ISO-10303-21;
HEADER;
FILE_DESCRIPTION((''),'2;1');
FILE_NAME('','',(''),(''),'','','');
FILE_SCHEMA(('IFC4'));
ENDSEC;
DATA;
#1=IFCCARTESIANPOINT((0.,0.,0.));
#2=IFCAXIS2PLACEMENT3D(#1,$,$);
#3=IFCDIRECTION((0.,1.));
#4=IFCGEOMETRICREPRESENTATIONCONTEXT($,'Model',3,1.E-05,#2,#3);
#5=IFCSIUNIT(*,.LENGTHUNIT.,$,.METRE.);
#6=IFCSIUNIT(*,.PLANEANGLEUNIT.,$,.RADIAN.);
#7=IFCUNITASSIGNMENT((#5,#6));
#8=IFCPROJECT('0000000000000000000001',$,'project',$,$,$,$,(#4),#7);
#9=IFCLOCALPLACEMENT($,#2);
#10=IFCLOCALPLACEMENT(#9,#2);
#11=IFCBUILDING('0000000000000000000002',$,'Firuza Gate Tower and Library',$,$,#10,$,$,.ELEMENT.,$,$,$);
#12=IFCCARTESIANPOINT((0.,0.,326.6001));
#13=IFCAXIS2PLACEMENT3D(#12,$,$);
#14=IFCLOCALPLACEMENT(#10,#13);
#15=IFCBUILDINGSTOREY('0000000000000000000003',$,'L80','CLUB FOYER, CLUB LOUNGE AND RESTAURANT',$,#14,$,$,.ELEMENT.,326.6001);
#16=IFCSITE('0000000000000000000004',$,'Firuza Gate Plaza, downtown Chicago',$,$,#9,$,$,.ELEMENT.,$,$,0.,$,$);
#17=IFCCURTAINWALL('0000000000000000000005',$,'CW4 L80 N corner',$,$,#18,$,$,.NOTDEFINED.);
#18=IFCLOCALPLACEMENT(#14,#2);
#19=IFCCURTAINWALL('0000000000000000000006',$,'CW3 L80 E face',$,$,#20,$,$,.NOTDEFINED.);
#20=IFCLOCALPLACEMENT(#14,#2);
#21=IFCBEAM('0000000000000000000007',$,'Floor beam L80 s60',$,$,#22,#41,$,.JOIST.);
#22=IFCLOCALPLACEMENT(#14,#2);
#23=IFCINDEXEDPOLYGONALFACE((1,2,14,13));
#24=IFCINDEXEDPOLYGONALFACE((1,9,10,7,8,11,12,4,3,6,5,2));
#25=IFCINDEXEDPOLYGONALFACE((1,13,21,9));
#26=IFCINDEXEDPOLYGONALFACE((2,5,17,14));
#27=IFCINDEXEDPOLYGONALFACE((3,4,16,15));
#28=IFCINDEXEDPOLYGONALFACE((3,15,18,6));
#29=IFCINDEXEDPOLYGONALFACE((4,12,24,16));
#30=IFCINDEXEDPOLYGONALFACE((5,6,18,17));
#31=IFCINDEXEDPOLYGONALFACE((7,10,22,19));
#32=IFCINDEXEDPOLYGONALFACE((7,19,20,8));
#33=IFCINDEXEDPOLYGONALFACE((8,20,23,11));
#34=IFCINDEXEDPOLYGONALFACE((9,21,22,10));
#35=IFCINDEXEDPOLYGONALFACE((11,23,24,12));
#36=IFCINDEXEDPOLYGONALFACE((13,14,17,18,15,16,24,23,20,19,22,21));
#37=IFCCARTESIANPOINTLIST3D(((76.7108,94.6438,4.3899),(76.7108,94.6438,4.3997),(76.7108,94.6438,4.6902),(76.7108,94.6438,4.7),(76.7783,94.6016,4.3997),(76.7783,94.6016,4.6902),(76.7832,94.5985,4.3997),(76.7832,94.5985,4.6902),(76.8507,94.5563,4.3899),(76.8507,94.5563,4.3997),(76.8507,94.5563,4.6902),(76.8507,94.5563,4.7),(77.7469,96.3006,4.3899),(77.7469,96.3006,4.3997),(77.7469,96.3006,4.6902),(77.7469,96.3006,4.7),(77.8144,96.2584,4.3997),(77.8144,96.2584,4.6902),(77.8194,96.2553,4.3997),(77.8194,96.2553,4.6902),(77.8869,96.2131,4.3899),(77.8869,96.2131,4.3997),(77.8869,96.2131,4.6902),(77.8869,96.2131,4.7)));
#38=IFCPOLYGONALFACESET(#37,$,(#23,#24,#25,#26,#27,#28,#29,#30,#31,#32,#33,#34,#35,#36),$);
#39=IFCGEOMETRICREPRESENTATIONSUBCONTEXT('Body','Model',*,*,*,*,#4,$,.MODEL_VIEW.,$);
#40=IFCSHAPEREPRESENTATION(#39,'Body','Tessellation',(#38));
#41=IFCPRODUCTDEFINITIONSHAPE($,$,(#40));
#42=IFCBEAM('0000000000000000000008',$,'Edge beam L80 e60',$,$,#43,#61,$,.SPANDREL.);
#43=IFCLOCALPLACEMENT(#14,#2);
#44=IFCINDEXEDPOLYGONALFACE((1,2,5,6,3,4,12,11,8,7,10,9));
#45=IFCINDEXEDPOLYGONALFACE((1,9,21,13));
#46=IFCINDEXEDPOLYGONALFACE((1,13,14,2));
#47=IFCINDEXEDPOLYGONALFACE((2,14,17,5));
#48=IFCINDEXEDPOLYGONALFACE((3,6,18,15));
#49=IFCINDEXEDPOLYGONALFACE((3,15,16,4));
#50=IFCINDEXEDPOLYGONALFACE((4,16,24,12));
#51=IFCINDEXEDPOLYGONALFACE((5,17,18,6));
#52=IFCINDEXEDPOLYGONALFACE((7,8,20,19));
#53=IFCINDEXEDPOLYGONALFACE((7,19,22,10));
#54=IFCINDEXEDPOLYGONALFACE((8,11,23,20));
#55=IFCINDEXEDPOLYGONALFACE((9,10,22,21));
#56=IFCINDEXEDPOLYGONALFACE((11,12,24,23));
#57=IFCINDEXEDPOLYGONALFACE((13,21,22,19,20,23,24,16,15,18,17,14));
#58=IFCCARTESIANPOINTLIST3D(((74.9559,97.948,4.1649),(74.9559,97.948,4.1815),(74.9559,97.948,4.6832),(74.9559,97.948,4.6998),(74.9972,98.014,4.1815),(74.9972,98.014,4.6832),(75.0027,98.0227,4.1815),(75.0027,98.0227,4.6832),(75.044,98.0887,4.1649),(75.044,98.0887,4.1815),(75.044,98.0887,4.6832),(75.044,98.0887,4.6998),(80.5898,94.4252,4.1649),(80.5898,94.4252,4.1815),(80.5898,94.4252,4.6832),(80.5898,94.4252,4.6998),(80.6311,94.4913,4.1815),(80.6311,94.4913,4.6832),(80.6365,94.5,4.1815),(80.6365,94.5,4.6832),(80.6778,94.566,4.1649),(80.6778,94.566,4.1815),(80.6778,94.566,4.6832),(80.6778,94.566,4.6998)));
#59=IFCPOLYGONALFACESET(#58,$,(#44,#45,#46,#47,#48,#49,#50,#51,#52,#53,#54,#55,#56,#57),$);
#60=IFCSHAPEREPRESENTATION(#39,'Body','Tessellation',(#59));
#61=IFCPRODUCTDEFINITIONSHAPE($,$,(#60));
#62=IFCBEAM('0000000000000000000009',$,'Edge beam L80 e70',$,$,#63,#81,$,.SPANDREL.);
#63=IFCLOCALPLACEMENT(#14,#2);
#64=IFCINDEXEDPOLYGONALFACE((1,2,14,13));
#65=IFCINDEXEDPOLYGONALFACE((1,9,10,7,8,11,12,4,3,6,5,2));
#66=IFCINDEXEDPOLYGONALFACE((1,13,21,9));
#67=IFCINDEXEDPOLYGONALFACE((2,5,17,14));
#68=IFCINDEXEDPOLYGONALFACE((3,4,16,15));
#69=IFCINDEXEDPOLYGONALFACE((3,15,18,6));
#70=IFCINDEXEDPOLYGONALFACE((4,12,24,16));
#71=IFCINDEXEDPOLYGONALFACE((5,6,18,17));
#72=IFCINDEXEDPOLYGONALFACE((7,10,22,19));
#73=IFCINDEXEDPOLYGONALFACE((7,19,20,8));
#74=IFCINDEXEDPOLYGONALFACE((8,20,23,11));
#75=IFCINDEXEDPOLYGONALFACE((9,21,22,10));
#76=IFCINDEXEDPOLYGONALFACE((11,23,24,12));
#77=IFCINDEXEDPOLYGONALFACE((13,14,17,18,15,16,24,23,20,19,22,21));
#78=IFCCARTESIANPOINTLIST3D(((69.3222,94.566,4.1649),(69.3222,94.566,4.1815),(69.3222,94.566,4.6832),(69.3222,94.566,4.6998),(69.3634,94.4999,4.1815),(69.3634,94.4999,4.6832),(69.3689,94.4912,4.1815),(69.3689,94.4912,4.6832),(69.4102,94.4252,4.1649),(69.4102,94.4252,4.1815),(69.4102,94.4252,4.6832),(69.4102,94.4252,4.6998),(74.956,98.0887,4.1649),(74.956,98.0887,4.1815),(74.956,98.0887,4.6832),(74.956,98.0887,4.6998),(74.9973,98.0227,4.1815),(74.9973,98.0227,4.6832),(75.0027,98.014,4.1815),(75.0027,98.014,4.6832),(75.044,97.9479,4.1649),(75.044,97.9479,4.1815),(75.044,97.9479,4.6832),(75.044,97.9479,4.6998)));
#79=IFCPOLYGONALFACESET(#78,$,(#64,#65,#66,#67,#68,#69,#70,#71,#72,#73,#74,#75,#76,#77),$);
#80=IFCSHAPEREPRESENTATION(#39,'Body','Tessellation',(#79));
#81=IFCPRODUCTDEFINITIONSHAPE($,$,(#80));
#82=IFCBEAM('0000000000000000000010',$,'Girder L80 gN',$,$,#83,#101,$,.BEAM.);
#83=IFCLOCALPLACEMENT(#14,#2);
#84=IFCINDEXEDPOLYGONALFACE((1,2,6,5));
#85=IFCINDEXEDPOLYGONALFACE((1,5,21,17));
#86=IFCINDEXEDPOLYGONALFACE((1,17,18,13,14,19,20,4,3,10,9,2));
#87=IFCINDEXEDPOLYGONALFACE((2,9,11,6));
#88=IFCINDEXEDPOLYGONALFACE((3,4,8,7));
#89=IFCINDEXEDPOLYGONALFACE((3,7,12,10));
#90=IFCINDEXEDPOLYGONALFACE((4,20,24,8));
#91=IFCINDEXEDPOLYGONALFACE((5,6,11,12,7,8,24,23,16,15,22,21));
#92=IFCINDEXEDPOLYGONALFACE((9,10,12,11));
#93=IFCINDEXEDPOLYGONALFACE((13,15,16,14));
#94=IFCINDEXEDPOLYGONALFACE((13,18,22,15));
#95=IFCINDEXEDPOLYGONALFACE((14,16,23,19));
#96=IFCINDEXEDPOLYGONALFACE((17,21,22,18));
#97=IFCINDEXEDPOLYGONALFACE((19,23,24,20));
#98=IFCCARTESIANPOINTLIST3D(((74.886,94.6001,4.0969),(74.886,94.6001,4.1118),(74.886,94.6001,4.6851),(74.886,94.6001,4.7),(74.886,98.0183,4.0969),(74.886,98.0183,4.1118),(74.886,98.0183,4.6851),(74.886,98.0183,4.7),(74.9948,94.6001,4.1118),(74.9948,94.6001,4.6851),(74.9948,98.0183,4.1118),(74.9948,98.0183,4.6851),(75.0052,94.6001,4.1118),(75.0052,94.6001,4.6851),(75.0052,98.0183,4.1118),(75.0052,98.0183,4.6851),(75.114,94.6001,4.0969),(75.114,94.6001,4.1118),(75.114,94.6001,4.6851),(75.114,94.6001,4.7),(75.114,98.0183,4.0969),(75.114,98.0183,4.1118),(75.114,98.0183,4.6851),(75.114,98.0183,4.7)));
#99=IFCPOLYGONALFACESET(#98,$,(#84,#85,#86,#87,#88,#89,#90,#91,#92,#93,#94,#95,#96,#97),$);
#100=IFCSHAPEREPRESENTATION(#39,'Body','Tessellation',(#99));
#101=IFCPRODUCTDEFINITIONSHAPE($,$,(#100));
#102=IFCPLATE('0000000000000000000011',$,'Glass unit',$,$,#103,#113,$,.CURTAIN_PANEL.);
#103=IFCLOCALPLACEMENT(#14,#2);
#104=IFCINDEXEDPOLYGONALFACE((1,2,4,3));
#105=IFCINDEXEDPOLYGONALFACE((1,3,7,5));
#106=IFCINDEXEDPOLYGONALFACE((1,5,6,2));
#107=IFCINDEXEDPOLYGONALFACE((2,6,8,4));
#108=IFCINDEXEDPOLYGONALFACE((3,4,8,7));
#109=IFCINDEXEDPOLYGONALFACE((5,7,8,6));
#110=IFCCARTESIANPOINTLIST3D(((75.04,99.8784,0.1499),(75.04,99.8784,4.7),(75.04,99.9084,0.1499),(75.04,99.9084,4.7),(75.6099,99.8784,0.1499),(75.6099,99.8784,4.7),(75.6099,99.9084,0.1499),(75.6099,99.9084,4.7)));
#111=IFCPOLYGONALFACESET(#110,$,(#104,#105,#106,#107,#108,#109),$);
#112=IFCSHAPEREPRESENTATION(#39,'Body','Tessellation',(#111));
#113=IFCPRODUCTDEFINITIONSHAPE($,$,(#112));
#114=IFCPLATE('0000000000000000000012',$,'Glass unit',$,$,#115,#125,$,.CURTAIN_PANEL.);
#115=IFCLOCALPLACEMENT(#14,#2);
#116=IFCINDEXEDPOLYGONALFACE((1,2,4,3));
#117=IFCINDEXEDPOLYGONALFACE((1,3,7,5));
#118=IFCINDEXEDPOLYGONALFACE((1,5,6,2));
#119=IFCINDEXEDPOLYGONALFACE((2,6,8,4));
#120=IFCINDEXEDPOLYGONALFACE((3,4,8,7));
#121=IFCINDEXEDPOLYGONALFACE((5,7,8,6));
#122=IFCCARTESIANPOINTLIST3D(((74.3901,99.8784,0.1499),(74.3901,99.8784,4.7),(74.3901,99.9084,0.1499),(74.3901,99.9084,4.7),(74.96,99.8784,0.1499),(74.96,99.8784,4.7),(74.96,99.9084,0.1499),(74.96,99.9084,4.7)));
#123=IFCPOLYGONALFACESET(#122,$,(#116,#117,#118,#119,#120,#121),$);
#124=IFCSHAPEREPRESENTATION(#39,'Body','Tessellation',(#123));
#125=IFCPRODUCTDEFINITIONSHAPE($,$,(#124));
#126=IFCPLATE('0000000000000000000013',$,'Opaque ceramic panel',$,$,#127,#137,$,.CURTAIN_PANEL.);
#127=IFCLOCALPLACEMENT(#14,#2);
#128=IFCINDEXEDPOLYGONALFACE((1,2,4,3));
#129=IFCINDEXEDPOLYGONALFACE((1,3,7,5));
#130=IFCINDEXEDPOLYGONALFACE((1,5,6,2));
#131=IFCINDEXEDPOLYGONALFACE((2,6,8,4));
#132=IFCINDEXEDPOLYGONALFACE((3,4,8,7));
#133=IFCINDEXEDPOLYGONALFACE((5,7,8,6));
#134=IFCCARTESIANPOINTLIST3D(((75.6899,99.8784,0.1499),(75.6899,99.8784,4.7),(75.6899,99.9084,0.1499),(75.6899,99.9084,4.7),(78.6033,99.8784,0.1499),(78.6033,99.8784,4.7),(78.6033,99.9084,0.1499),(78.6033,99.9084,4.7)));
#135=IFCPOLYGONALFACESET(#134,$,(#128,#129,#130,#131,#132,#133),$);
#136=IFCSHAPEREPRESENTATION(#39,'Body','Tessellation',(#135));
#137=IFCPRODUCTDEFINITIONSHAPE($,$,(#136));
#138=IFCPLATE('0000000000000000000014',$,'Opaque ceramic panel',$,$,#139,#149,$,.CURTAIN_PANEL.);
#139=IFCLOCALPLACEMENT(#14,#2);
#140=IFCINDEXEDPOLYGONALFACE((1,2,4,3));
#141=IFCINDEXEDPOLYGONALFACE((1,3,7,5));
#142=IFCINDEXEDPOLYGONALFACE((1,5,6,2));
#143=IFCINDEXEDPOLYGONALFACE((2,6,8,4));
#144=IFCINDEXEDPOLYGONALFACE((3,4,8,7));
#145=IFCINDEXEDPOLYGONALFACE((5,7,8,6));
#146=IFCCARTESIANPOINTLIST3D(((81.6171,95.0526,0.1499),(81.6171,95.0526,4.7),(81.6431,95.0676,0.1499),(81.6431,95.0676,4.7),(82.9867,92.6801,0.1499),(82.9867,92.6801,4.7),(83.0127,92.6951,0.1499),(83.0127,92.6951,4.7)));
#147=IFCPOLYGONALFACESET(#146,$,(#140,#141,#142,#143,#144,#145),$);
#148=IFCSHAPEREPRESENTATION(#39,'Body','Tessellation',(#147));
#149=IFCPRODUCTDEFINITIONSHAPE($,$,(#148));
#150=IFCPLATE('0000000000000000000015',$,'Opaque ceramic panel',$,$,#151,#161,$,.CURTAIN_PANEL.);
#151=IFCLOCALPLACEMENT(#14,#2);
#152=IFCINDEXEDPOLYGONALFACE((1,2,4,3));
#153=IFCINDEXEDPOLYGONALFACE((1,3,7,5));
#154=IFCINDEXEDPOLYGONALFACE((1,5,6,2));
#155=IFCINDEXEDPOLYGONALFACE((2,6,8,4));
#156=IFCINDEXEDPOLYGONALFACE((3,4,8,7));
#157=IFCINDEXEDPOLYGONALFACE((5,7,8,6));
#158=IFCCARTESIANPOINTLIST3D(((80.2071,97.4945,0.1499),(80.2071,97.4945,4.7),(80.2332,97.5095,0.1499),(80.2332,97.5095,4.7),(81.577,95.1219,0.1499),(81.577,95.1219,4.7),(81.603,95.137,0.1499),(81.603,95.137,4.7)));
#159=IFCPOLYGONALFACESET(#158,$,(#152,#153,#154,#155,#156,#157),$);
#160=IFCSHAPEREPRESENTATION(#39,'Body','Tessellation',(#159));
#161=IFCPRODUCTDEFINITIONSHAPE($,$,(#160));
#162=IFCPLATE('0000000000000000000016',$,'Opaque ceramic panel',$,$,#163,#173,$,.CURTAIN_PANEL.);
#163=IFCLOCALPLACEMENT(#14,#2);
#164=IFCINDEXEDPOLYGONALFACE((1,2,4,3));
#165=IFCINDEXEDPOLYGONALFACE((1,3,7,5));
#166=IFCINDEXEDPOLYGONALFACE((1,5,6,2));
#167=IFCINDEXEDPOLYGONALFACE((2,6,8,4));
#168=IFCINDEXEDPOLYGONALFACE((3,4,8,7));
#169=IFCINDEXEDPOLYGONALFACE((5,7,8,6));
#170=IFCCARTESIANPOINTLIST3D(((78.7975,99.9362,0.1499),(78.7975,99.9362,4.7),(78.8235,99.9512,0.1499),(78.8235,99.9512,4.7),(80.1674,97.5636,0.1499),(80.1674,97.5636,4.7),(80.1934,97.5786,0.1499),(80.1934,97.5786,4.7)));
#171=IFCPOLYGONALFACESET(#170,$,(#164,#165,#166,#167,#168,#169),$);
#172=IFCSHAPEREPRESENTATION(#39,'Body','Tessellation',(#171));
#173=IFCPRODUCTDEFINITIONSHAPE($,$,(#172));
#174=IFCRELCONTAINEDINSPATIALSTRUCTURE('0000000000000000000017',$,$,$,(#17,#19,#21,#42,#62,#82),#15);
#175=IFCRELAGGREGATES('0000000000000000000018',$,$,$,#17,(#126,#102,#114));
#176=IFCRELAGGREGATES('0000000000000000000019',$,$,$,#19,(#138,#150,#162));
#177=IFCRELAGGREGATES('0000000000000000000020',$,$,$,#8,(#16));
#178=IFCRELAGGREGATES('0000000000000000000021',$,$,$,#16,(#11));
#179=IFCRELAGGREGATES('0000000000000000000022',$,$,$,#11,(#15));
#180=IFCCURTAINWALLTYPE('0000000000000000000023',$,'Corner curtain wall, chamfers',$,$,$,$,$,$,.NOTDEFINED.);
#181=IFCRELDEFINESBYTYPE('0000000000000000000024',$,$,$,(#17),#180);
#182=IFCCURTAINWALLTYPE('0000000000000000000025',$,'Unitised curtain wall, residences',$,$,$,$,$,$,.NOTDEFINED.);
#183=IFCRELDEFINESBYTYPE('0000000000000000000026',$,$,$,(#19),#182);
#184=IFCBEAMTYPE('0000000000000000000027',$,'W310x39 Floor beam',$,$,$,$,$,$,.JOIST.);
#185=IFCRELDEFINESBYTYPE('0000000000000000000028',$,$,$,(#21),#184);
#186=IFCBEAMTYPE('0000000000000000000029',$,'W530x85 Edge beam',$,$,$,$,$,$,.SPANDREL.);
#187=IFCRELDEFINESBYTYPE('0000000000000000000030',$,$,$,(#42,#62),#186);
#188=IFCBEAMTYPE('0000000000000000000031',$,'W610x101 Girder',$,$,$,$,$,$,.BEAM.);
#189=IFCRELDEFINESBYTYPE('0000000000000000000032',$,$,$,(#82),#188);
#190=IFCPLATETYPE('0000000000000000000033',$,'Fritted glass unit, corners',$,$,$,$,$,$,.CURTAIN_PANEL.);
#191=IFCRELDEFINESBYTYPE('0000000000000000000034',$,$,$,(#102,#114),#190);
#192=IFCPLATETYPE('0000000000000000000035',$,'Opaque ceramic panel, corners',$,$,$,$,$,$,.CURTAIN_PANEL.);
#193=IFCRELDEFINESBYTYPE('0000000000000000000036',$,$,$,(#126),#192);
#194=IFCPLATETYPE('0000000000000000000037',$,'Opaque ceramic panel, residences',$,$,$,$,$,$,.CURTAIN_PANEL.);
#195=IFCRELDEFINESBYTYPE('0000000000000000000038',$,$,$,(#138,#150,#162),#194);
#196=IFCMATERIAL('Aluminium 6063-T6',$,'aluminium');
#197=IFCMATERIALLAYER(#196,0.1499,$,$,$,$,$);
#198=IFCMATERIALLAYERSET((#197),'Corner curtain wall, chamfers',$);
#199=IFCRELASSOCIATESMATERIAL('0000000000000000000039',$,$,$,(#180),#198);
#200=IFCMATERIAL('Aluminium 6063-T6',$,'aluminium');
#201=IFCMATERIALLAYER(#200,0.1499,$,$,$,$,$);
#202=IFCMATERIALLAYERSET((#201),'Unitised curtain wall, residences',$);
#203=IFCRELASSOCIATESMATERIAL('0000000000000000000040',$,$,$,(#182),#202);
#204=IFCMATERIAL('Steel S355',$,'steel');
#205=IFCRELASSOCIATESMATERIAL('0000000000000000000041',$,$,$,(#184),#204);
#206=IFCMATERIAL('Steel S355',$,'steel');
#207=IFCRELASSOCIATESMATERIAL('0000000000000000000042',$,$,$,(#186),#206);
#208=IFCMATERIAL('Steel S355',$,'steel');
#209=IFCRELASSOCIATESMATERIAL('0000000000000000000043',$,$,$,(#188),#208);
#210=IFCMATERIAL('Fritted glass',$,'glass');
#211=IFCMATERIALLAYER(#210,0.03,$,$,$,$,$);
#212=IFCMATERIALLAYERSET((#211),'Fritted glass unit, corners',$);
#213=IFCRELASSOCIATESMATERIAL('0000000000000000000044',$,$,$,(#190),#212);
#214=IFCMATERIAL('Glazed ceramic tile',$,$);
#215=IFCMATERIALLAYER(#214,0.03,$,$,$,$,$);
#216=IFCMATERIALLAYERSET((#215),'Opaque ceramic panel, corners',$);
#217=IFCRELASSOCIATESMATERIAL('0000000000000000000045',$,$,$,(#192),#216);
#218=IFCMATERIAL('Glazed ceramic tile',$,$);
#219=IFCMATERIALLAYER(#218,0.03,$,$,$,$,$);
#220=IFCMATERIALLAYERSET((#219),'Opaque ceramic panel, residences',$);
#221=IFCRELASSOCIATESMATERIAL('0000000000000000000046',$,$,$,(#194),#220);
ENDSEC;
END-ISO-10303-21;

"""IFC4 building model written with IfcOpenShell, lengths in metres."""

from ifc_helpers import new_model, si_unit, direction, frame, origin, origin_2d, place, context, subcontext, project, spatial, polyline, i_section, outline, extrude, material, layer, layer_set, material_profile, profile_set, type_object, element, aggregate, save


model = new_model("IFC4")

# Units and contexts
model_context = context("Model", 3, precision=1e-05, world=origin(), true_north=direction((0.0, 1.0)))
body_context = subcontext(model_context, "Body", "Model", "MODEL_VIEW")
ifc_project = project(units=[si_unit("LENGTHUNIT", "METRE"), si_unit("PLANEANGLEUNIT", "RADIAN")], contexts=[model_context])

# Site, building, storey
site_placement = place(None, origin())
site = spatial("IfcSite", under=ifc_project, at=site_placement, Name="Firuza Gate Plaza, downtown Chicago", CompositionType="ELEMENT", RefElevation=0.0)
building_placement = place(site_placement, origin())
building = spatial("IfcBuilding", under=site, at=building_placement, Name="Firuza Gate Tower and Library", CompositionType="ELEMENT")
storey_placement = place(building_placement, frame((0.0, 0.0, 326.6001)))
storey = spatial("IfcBuildingStorey", under=building, at=storey_placement, Name="L80", Description="CLUB FOYER, CLUB LOUNGE AND RESTAURANT", CompositionType="ELEMENT", Elevation=326.6001)

# Curtain walls
ifc_material_1 = material(Name="Aluminium 6063-T6", Category="aluminium")
ifc_layer_1 = layer(ifc_material_1, 0.1499)
ifc_layer_set_1 = layer_set([ifc_layer_1], Name="Corner curtain wall, chamfers")
curtain_wall_type_1 = type_object("IfcCurtainWallType", Name="Corner curtain wall, chamfers", PredefinedType="NOTDEFINED", material=ifc_layer_set_1)
placement = place(storey_placement, origin())
curtain_wall_1 = element("IfcCurtainWall", 1, at=placement, inside=storey, type_object=curtain_wall_type_1, Name="CW4 L80 N corner", PredefinedType="NOTDEFINED")
ifc_material_2 = material(Name="Aluminium 6063-T6", Category="aluminium")
ifc_layer_2 = layer(ifc_material_2, 0.1499)
ifc_layer_set_2 = layer_set([ifc_layer_2], Name="Unitised curtain wall, residences")
curtain_wall_type_2 = type_object("IfcCurtainWallType", Name="Unitised curtain wall, residences", PredefinedType="NOTDEFINED", material=ifc_layer_set_2)
curtain_wall_2 = element("IfcCurtainWall", 2, at=placement, inside=storey, type_object=curtain_wall_type_2, Name="CW3 L80 E face", PredefinedType="NOTDEFINED")

# Beams
ifc_material_3 = material(Name="Steel S355", Category="steel")
ifc_material_profile_1 = material_profile(ifc_material_3, i_section(OverallWidth=0.165, OverallDepth=0.3101, WebThickness=0.0059, FlangeThickness=0.0098, at=origin_2d()))
ifc_profile_set_1 = profile_set([ifc_material_profile_1], Name="Steel S355")
beam_type_1 = type_object("IfcBeamType", Name="W310x39 Floor beam", PredefinedType="JOIST", material=ifc_profile_set_1)
beam_1_placement = place(storey_placement, frame((77.8169, 96.2568, 4.5449), z_axis=(-0.530246, -0.847844, 0.0), x_axis=(0.847844, -0.530246, 0.0)))
element("IfcBeam", 3, at=beam_1_placement, inside=storey, type_object=beam_type_1, Name="Floor beam L80 s60", PredefinedType="JOIST", context=body_context, shape_type="SweptSolid", body=[
    extrude(i_section(OverallWidth=0.165, OverallDepth=0.3101, WebThickness=0.0059, FlangeThickness=0.0098, at=origin_2d()), origin(), (0.0, 0.0, 1.0), 1.9541),
])
ifc_material_4 = material(Name="Steel S355", Category="steel")
ifc_material_profile_2 = material_profile(ifc_material_4, i_section(OverallWidth=0.166, OverallDepth=0.5349, WebThickness=0.0103, FlangeThickness=0.0166, at=origin_2d()))
ifc_profile_set_2 = profile_set([ifc_material_profile_2], Name="Steel S355")
beam_type_2 = type_object("IfcBeamType", Name="W530x85 Edge beam", PredefinedType="SPANDREL", material=ifc_profile_set_2)
for number, where, z_axis, x_axis, name in (
    (4, (80.6338, 94.4956, 4.4324), (-0.847891, 0.530171, 0.0), (-0.530171, -0.847891, 0.0), "Edge beam L80 e60"),
    (5, (75.0, 98.0183, 4.4324), (-0.847891, -0.530171, 0.0), (0.530171, -0.847891, 0.0), "Edge beam L80 e70"),
):
    element("IfcBeam", number, at=place(storey_placement, frame(where, z_axis=z_axis, x_axis=x_axis)), inside=storey, type_object=beam_type_2, Name=name, PredefinedType="SPANDREL", context=body_context, shape_type="SweptSolid", body=[
        extrude(i_section(OverallWidth=0.166, OverallDepth=0.5349, WebThickness=0.0103, FlangeThickness=0.0166, at=origin_2d()), origin(), (0.0, 0.0, 1.0), 6.6445),
    ])
ifc_material_5 = material(Name="Steel S355", Category="steel")
ifc_material_profile_3 = material_profile(ifc_material_5, i_section(OverallWidth=0.228, OverallDepth=0.603, WebThickness=0.0105, FlangeThickness=0.0149, at=origin_2d()))
ifc_profile_set_3 = profile_set([ifc_material_profile_3], Name="Steel S355")
beam_type_3 = type_object("IfcBeamType", Name="W610x101 Girder", PredefinedType="BEAM", material=ifc_profile_set_3)
beam_2_placement = place(storey_placement, frame((75.0, 98.0183, 4.3984), z_axis=(0.0, -1.0, 0.0), x_axis=(1.0, 0.0, 0.0)))
element("IfcBeam", 6, at=beam_2_placement, inside=storey, type_object=beam_type_3, Name="Girder L80 gN", PredefinedType="BEAM", context=body_context, shape_type="SweptSolid", body=[
    extrude(i_section(OverallWidth=0.228, OverallDepth=0.603, WebThickness=0.0105, FlangeThickness=0.0149, at=origin_2d()), origin(), (0.0, 0.0, 1.0), 3.4182),
])

# Plates
ifc_material_6 = material(Name="Fritted glass", Category="glass")
ifc_layer_3 = layer(ifc_material_6, 0.03)
ifc_layer_set_3 = layer_set([ifc_layer_3], Name="Fritted glass unit, corners")
plate_type_1 = type_object("IfcPlateType", Name="Fritted glass unit, corners", PredefinedType="CURTAIN_PANEL", material=ifc_layer_set_3)
plate_1_placement = place(storey_placement, frame((75.6099, 99.9084, 0.1499), z_axis=(0.0, 1.0, 0.0), x_axis=(-1.0, 0.0, 0.0)))
plate_1 = element("IfcPlate", 7, at=plate_1_placement, type_object=plate_type_1, Name="Glass unit", PredefinedType="CURTAIN_PANEL", context=body_context, shape_type="SweptSolid", body=[
    extrude(outline(polyline([(0.0, 0.0), (0.5698, 0.0), (0.5698, 4.55), (0.0, 4.55), (0.0, 0.0)])), origin(), (0.0, 0.0, -1.0), 0.03),
])
plate_2_placement = place(storey_placement, frame((74.96, 99.9084, 0.1499), z_axis=(0.0, 1.0, 0.0), x_axis=(-1.0, 0.0, 0.0)))
plate_2 = element("IfcPlate", 8, at=plate_2_placement, type_object=plate_type_1, Name="Glass unit", PredefinedType="CURTAIN_PANEL", context=body_context, shape_type="SweptSolid", body=[
    extrude(outline(polyline([(0.0, 0.0), (0.5698, 0.0), (0.5698, 4.55), (0.0, 4.55), (0.0, 0.0)])), origin(), (0.0, 0.0, -1.0), 0.03),
])
ifc_material_7 = material(Name="Glazed ceramic tile")
ifc_layer_4 = layer(ifc_material_7, 0.03)
ifc_layer_set_4 = layer_set([ifc_layer_4], Name="Opaque ceramic panel, corners")
plate_type_2 = type_object("IfcPlateType", Name="Opaque ceramic panel, corners", PredefinedType="CURTAIN_PANEL", material=ifc_layer_set_4)
plate_3_placement = place(storey_placement, frame((78.6033, 99.9084, 0.1499), z_axis=(0.0, 1.0, 0.0), x_axis=(-1.0, 0.0, 0.0)))
plate_3 = element("IfcPlate", 9, at=plate_3_placement, type_object=plate_type_2, Name="Opaque ceramic panel", PredefinedType="CURTAIN_PANEL", context=body_context, shape_type="SweptSolid", body=[
    extrude(outline(polyline([(0.0, 0.0), (2.9133, 0.0), (2.9133, 4.55), (0.0, 4.55), (0.0, 0.0)])), origin(), (0.0, 0.0, -1.0), 0.03),
])
aggregate(curtain_wall_1, [plate_3, plate_1, plate_2])
ifc_material_8 = material(Name="Glazed ceramic tile")
ifc_layer_5 = layer(ifc_material_8, 0.03)
ifc_layer_set_5 = layer_set([ifc_layer_5], Name="Opaque ceramic panel, residences")
plate_type_3 = type_object("IfcPlateType", Name="Opaque ceramic panel, residences", PredefinedType="CURTAIN_PANEL", material=ifc_layer_set_5)
plate_4_placement = place(storey_placement, frame((83.0127, 92.6951, 0.1499), z_axis=(0.866052, 0.499954, 0.0), x_axis=(-0.499954, 0.866052, 0.0)))
plate_4 = element("IfcPlate", 10, at=plate_4_placement, type_object=plate_type_3, Name="Opaque ceramic panel", PredefinedType="CURTAIN_PANEL", context=body_context, shape_type="SweptSolid", body=[
    extrude(outline(polyline([(0.0, 0.0), (2.7395, 0.0), (2.7395, 4.55), (0.0, 4.55), (0.0, 0.0)])), origin(), (0.0, 0.0, -1.0), 0.03),
])
plate_5_placement = place(storey_placement, frame((81.603, 95.137, 0.1499), z_axis=(0.866013, 0.500021, 0.0), x_axis=(-0.500021, 0.866013, 0.0)))
plate_5 = element("IfcPlate", 11, at=plate_5_placement, type_object=plate_type_3, Name="Opaque ceramic panel", PredefinedType="CURTAIN_PANEL", context=body_context, shape_type="SweptSolid", body=[
    extrude(outline(polyline([(0.0, 0.0), (2.7396, 0.0), (2.7396, 4.55), (0.0, 4.55), (0.0, 0.0)])), origin(), (0.0, 0.0, -1.0), 0.03),
])
plate_6_placement = place(storey_placement, frame((80.1934, 97.5786, 0.1499), z_axis=(0.866013, 0.500021, 0.0), x_axis=(-0.500021, 0.866013, 0.0)))
plate_6 = element("IfcPlate", 12, at=plate_6_placement, type_object=plate_type_3, Name="Opaque ceramic panel", PredefinedType="CURTAIN_PANEL", context=body_context, shape_type="SweptSolid", body=[
    extrude(outline(polyline([(0.0, 0.0), (2.7396, 0.0), (2.7396, 4.55), (0.0, 4.55), (0.0, 0.0)])), origin(), (0.0, 0.0, -1.0), 0.03),
])
aggregate(curtain_wall_2, [plate_4, plate_5, plate_6])

save(model, "model.ifc")
